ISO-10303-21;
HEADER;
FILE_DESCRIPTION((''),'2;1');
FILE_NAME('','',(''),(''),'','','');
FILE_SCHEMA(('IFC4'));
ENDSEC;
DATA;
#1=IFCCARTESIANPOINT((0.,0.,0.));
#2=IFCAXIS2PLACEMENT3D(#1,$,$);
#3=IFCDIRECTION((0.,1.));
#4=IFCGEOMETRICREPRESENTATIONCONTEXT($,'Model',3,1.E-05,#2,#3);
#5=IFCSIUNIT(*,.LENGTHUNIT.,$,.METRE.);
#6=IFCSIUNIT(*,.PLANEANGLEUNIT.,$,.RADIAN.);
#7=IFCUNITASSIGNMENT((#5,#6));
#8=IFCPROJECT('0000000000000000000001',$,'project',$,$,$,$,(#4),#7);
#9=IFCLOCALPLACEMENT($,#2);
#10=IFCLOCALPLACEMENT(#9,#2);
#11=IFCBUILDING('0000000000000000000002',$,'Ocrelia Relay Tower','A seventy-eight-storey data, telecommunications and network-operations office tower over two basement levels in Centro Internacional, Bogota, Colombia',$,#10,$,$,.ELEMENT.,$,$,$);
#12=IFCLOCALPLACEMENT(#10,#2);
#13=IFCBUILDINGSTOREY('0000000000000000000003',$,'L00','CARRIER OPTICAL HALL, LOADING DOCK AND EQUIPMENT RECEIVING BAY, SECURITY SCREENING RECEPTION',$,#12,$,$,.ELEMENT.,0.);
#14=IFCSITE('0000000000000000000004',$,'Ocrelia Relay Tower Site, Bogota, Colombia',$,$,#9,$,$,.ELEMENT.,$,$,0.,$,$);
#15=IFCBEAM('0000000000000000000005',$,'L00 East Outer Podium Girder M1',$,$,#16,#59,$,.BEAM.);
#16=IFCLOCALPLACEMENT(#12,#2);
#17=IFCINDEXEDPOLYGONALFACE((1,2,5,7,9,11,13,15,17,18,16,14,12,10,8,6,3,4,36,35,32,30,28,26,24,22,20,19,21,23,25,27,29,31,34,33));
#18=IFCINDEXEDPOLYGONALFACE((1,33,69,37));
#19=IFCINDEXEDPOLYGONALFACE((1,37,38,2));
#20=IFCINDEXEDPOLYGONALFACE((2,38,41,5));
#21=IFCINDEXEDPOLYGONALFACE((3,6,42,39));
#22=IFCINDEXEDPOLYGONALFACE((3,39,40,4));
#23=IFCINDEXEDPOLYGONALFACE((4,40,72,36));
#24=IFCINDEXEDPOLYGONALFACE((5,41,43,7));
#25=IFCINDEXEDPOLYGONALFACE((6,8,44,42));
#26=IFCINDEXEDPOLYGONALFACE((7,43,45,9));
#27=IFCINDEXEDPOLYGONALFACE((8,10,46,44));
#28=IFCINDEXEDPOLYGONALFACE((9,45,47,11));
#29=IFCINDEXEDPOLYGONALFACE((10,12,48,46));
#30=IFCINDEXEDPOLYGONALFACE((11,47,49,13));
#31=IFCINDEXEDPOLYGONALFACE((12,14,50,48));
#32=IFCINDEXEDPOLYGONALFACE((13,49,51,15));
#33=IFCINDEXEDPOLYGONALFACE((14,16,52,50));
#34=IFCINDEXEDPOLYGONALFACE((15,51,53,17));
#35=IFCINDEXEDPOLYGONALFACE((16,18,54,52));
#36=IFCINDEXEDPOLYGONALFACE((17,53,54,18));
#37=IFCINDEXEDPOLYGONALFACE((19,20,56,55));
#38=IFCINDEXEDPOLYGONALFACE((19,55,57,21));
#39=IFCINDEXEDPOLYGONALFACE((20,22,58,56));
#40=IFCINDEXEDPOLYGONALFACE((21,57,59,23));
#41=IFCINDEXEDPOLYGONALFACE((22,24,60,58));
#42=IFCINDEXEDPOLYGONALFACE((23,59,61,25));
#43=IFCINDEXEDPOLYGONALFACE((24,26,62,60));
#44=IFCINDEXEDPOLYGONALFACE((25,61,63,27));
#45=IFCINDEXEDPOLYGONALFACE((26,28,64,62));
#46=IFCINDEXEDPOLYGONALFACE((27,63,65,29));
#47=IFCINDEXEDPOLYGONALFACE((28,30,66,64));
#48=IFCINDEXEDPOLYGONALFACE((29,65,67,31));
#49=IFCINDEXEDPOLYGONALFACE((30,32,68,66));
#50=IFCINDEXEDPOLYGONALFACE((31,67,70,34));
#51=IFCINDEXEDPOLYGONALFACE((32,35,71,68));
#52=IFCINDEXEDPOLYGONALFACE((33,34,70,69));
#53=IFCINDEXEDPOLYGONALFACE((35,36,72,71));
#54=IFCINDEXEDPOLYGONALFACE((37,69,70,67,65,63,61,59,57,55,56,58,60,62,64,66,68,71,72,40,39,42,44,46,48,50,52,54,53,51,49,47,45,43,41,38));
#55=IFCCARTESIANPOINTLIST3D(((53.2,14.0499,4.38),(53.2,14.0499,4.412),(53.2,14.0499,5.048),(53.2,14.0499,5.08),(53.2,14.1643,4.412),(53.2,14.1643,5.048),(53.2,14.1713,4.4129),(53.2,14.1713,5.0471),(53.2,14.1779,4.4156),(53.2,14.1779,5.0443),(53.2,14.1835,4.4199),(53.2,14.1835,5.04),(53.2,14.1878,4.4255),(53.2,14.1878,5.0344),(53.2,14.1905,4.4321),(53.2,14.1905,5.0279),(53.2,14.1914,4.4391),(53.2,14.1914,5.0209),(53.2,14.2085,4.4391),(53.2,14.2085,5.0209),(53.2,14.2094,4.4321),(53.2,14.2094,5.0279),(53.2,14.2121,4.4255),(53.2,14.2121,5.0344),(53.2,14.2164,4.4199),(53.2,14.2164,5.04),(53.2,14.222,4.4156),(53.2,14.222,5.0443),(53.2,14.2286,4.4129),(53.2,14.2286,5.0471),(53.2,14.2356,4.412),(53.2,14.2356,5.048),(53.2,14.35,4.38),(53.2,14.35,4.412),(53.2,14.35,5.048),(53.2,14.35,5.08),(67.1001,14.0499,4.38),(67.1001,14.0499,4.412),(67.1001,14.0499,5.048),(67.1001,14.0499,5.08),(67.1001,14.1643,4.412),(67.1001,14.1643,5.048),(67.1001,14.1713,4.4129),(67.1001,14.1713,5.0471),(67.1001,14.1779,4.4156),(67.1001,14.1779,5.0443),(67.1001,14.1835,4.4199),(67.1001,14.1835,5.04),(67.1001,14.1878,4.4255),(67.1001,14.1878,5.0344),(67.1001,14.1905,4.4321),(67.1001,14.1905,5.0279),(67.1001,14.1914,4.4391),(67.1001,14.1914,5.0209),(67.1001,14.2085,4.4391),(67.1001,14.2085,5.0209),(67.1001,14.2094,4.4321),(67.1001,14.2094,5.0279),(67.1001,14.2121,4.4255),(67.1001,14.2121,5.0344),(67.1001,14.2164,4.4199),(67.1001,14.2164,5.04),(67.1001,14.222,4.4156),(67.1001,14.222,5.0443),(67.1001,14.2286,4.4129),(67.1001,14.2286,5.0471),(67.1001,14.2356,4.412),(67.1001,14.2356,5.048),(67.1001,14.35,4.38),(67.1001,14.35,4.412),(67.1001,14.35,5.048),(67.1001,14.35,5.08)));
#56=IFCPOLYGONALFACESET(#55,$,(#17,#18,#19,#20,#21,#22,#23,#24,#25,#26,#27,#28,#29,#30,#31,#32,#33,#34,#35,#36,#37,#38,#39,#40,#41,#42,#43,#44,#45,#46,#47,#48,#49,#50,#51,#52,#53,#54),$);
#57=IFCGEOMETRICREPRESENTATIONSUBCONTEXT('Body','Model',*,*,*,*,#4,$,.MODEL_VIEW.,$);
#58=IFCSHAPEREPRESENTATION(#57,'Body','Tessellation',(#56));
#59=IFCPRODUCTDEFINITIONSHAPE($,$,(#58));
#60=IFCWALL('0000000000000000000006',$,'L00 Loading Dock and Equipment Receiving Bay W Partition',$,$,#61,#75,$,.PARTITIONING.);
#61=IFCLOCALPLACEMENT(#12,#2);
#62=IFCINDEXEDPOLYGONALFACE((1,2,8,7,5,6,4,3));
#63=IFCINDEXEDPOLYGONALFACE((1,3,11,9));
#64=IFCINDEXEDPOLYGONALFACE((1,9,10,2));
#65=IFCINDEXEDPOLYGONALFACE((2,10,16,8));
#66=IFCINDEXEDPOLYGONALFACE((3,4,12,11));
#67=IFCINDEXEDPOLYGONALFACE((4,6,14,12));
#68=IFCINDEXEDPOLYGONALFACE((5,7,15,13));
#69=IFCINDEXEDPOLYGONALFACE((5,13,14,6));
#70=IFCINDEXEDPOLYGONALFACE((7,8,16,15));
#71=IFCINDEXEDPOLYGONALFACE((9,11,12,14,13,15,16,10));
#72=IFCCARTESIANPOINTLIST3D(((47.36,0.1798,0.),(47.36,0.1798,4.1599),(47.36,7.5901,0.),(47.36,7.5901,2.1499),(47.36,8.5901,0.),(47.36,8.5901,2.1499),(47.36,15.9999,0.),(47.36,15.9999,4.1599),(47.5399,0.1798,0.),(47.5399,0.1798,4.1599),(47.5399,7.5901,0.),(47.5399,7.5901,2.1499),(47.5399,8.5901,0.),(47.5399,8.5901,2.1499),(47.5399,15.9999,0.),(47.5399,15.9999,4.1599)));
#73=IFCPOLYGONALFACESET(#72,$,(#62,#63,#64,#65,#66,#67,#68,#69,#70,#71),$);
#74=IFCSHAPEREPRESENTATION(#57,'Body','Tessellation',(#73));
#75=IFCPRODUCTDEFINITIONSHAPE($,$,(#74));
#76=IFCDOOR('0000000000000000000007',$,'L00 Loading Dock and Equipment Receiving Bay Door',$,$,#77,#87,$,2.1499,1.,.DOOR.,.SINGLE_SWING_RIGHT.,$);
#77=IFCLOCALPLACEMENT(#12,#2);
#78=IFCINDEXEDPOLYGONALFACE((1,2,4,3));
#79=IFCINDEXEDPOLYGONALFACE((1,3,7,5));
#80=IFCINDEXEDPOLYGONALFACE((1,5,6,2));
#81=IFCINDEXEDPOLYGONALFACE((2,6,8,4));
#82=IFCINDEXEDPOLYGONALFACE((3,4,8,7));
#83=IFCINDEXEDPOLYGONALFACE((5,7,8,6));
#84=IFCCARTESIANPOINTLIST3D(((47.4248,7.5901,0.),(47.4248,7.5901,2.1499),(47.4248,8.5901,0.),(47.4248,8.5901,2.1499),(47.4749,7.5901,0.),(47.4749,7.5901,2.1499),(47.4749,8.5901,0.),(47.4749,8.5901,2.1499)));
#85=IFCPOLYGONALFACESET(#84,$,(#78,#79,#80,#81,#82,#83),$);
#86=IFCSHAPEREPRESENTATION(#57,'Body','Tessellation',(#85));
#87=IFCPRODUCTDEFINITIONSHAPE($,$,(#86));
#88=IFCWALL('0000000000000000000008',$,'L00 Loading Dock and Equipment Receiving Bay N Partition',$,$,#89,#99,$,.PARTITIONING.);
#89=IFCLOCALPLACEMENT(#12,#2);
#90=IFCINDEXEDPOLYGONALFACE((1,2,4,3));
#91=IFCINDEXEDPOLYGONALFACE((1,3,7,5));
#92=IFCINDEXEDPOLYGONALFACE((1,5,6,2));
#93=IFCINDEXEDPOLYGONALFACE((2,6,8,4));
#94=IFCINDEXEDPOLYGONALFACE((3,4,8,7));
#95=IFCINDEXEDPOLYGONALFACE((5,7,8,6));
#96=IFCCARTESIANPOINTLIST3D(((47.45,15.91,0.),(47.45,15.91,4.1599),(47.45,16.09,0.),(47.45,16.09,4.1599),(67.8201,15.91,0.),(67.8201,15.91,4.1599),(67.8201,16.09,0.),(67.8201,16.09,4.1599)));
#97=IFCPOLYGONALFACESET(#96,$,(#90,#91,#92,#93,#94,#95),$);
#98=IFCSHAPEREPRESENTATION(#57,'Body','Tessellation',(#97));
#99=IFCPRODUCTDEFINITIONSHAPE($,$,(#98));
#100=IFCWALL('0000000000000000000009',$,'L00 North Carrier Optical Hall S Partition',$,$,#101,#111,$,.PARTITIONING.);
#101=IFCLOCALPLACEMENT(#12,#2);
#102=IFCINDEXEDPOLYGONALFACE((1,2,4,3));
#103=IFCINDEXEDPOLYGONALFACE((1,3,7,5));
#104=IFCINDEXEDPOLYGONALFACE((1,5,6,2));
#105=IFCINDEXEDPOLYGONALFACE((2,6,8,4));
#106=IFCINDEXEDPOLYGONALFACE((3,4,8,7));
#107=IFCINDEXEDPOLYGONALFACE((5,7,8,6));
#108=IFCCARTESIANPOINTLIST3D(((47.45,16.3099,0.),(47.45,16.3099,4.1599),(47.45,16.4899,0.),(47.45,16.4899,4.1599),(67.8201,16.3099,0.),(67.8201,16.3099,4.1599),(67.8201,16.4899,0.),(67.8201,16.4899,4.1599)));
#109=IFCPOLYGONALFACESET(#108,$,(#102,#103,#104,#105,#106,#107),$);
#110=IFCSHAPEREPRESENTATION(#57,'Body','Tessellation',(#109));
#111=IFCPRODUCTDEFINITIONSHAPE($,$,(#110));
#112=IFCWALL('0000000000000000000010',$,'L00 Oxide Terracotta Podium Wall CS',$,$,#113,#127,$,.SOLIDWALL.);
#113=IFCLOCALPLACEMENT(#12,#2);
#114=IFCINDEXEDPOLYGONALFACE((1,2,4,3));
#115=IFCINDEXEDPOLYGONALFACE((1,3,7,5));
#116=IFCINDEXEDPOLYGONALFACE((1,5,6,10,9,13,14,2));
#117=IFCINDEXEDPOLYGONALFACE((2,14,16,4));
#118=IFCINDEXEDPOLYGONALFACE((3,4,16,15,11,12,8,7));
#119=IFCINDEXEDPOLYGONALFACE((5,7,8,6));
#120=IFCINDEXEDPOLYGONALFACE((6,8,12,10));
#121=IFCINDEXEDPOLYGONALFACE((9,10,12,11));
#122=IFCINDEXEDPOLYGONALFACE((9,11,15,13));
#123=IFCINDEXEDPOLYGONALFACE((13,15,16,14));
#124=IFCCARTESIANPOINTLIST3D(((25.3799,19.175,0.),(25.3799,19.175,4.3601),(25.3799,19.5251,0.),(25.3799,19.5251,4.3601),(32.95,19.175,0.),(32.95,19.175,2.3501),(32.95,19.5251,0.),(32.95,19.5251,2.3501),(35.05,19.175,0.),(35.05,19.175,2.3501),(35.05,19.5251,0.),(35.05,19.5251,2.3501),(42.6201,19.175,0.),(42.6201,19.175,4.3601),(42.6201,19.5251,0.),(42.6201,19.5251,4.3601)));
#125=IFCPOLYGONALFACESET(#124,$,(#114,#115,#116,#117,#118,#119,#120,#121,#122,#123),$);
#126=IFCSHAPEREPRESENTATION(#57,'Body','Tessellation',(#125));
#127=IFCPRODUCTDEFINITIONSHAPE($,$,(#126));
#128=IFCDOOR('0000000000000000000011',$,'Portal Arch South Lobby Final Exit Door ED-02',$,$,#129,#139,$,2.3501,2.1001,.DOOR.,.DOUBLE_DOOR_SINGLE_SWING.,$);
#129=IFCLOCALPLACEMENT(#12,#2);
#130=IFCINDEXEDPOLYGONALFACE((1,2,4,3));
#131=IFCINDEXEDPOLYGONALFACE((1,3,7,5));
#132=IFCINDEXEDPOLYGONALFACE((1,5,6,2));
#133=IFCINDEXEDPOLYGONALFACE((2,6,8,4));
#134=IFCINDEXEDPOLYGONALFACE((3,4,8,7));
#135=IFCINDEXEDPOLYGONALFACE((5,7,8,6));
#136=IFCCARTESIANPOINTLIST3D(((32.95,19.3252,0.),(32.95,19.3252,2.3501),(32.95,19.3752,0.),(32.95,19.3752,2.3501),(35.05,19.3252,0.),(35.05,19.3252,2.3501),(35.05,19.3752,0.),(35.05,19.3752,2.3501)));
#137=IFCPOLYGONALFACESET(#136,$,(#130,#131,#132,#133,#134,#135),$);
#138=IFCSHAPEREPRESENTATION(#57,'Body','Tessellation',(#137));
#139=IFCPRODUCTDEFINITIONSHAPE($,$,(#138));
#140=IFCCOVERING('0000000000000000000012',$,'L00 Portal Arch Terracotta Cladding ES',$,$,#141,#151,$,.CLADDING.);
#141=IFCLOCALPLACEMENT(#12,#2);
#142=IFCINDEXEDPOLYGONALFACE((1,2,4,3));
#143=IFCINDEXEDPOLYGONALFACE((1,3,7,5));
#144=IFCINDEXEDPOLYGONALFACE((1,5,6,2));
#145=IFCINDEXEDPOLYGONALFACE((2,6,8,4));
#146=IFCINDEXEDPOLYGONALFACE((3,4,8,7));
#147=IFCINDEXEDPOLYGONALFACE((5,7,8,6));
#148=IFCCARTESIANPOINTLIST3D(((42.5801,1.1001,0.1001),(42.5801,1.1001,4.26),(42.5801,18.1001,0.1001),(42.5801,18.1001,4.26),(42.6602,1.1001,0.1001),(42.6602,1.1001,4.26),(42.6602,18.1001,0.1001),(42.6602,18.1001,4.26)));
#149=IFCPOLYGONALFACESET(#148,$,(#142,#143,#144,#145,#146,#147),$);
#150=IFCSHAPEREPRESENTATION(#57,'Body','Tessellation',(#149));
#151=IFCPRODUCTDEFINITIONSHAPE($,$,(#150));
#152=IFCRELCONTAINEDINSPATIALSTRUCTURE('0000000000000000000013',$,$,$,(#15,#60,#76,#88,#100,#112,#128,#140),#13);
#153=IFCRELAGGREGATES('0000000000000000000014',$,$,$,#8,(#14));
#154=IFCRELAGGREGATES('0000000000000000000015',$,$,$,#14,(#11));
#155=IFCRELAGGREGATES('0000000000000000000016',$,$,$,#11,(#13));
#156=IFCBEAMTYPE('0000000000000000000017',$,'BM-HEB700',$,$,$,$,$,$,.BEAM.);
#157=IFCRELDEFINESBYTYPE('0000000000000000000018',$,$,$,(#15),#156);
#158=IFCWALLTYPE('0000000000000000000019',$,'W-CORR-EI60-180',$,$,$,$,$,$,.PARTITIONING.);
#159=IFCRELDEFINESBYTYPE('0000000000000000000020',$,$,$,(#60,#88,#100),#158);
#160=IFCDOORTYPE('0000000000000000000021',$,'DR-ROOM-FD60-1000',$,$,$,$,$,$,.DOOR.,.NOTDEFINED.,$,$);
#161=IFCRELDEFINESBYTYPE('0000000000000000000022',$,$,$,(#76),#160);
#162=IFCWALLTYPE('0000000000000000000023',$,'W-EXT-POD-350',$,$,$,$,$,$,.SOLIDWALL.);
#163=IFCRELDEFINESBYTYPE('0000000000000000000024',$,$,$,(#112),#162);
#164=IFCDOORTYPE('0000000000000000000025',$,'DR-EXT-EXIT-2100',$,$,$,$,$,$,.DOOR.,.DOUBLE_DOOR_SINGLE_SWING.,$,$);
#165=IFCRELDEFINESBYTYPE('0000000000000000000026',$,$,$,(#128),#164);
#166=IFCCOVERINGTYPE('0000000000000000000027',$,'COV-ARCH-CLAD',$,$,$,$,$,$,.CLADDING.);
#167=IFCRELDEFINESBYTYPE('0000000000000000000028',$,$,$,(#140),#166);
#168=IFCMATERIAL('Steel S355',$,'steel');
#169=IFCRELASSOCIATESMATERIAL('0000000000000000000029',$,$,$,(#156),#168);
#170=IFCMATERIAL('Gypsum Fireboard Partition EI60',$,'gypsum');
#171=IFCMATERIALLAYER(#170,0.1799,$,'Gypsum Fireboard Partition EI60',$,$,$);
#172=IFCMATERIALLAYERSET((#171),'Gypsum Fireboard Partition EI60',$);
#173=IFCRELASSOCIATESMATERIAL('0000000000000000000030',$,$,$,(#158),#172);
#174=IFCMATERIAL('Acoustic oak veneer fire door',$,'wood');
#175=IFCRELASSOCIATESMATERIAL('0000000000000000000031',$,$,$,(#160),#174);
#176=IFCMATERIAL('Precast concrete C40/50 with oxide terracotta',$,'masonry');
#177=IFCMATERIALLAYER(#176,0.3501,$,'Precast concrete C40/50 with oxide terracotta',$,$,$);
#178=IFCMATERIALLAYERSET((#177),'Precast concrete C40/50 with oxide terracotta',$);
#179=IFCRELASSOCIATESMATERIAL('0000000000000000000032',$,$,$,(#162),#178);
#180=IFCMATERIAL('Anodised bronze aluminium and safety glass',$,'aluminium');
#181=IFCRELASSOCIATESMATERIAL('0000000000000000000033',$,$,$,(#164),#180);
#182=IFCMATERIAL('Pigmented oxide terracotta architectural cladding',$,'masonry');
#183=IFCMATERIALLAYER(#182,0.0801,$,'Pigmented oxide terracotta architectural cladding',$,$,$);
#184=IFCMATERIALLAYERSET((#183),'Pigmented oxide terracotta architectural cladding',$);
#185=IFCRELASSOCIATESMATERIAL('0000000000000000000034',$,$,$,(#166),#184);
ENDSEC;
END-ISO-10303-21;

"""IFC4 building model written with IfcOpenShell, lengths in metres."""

from ifc_helpers import new_model, si_unit, direction, frame, frame_2d, origin, origin_2d, place, context, subcontext, project, spatial, rectangle, i_section, extrude, material, layer, layer_set, material_profile, profile_set, type_object, element, fill, save


model = new_model("IFC4")

# Units and contexts
model_context = context("Model", 3, precision=1e-05, world=origin(), true_north=direction((0.0, 1.0)))
body_context = subcontext(model_context, "Body", "Model", "MODEL_VIEW")
ifc_project = project(units=[si_unit("LENGTHUNIT", "METRE"), si_unit("PLANEANGLEUNIT", "RADIAN")], contexts=[model_context])

# Site, building, storey
site_placement = place(None, origin())
site = spatial("IfcSite", under=ifc_project, at=site_placement, Name="Ocrelia Relay Tower Site, Bogota, Colombia", CompositionType="ELEMENT", RefElevation=0.0)
building_placement = place(site_placement, origin())
building = spatial("IfcBuilding", under=site, at=building_placement, Name="Ocrelia Relay Tower", Description="A seventy-eight-storey data, telecommunications and network-operations office tower over two basement levels in Centro Internacional, Bogota, Colombia", CompositionType="ELEMENT")
storey_placement = place(building_placement, origin())
storey = spatial("IfcBuildingStorey", under=building, at=storey_placement, Name="L00", Description="CARRIER OPTICAL HALL, LOADING DOCK AND EQUIPMENT RECEIVING BAY, SECURITY SCREENING RECEPTION", CompositionType="ELEMENT", Elevation=0.0)

# Beam
ifc_material_1 = material(Name="Steel S355", Category="steel")
ifc_material_profile_1 = material_profile(ifc_material_1, i_section(OverallWidth=0.3, OverallDepth=0.7, WebThickness=0.0171, FlangeThickness=0.032, FilletRadius=0.0271, at=origin_2d()), Name="HEB 700")
ifc_profile_set_1 = profile_set([ifc_material_profile_1], Name="Steel S355")
beam_type_1 = type_object("IfcBeamType", Name="BM-HEB700", PredefinedType="BEAM", material=ifc_profile_set_1)
beam_1_placement = place(storey_placement, frame((53.2, 14.2, 4.73), z_axis=(1.0, 0.0, 0.0), x_axis=(0.0, 1.0, 0.0)))
element("IfcBeam", 1, at=beam_1_placement, inside=storey, type_object=beam_type_1, Name="L00 East Outer Podium Girder M1", PredefinedType="BEAM", context=body_context, shape_type="SweptSolid", body=[
    extrude(i_section(OverallWidth=0.3, OverallDepth=0.7, WebThickness=0.0171, FlangeThickness=0.032, FilletRadius=0.0271, at=origin_2d()), origin(), (0.0, 0.0, 1.0), 13.9001),
])

# Wall, opening, door
ifc_material_2 = material(Name="Gypsum Fireboard Partition EI60", Category="gypsum")
ifc_layer_1 = layer(ifc_material_2, 0.1799, Name="Gypsum Fireboard Partition EI60")
ifc_layer_set_1 = layer_set([ifc_layer_1], Name="Gypsum Fireboard Partition EI60")
wall_type_1 = type_object("IfcWallType", Name="W-CORR-EI60-180", PredefinedType="PARTITIONING", material=ifc_layer_set_1)
wall_1_placement = place(storey_placement, frame((47.45, 16.0, 0.0), z_axis=(0.0, 0.0, 1.0), x_axis=(0.0, -1.0, 0.0)))
wall_1 = element("IfcWall", 2, at=wall_1_placement, inside=storey, type_object=wall_type_1, Name="L00 Loading Dock and Equipment Receiving Bay W Partition", PredefinedType="PARTITIONING", context=body_context, shape_type="SweptSolid", body=[
    extrude(rectangle(XDim=15.8201, YDim=0.1799, at=frame_2d((7.9102, 0.0))), origin(), (0.0, 0.0, 1.0), 4.1599),
])
opening_1_placement = place(wall_1_placement, frame((7.4099, 0.0, 0.0)))
opening_1 = element("IfcOpeningElement", 3, at=opening_1_placement, cuts=wall_1, PredefinedType="OPENING", context=body_context, shape_type="SweptSolid", body=[
    extrude(rectangle(XDim=1.0, YDim=2.1499, at=frame_2d((0.5, 1.075))), frame((0.0, 0.1001, 0.0), z_axis=(0.0, -1.0, 0.0), x_axis=(1.0, 0.0, 0.0)), (0.0, 0.0, 1.0), 0.2),
])
ifc_material_3 = material(Name="Acoustic oak veneer fire door", Category="wood")
door_type_1 = type_object("IfcDoorType", Name="DR-ROOM-FD60-1000", OperationType="NOTDEFINED", PredefinedType="DOOR", material=ifc_material_3)
door_1_placement = place(opening_1_placement, origin())
door_1 = element("IfcDoor", 4, at=door_1_placement, inside=storey, type_object=door_type_1, Name="L00 Loading Dock and Equipment Receiving Bay Door", OperationType="SINGLE_SWING_RIGHT", OverallHeight=2.1499, OverallWidth=1.0, PredefinedType="DOOR", context=body_context, shape_type="SweptSolid", body=[
    extrude(rectangle(XDim=1.0, YDim=2.1499, at=frame_2d((0.5, 1.075))), frame((0.0, 0.0249, 0.0), z_axis=(0.0, -1.0, 0.0), x_axis=(1.0, 0.0, 0.0)), (0.0, 0.0, 1.0), 0.05),
])
fill(opening_1, door_1)

# Walls
for number, where, z_axis, x_axis, name in (
    (5, (67.8201, 16.0, 0.0), (0.0, 0.0, 1.0), (-1.0, 0.0, 0.0), "L00 Loading Dock and Equipment Receiving Bay N Partition"),
    (6, (47.45, 16.3999, 0.0), (0.0, 0.0, 1.0), (1.0, 0.0, 0.0), "L00 North Carrier Optical Hall S Partition"),
):
    element("IfcWall", number, at=place(storey_placement, frame(where, z_axis=z_axis, x_axis=x_axis)), inside=storey, type_object=wall_type_1, Name=name, PredefinedType="PARTITIONING", context=body_context, shape_type="SweptSolid", body=[
        extrude(rectangle(XDim=20.3701, YDim=0.1799, at=frame_2d((10.1851, 0.0))), origin(), (0.0, 0.0, 1.0), 4.1599),
    ])

# Wall, opening, door
ifc_material_4 = material(Name="Precast concrete C40/50 with oxide terracotta", Category="masonry")
ifc_layer_2 = layer(ifc_material_4, 0.3501, Name="Precast concrete C40/50 with oxide terracotta")
ifc_layer_set_2 = layer_set([ifc_layer_2], Name="Precast concrete C40/50 with oxide terracotta")
wall_type_2 = type_object("IfcWallType", Name="W-EXT-POD-350", PredefinedType="SOLIDWALL", material=ifc_layer_set_2)
wall_2_placement = place(storey_placement, frame((42.6201, 19.3501, 0.0), z_axis=(0.0, 0.0, 1.0), x_axis=(-1.0, 0.0, 0.0)))
wall_2 = element("IfcWall", 7, at=wall_2_placement, inside=storey, type_object=wall_type_2, Name="L00 Oxide Terracotta Podium Wall CS", PredefinedType="SOLIDWALL", context=body_context, shape_type="SweptSolid", body=[
    extrude(rectangle(XDim=17.2402, YDim=0.3501, at=frame_2d((8.6201, 0.0))), origin(), (0.0, 0.0, 1.0), 4.3601),
])
opening_2_placement = place(wall_2_placement, frame((7.5701, 0.0, 0.0)))
opening_2 = element("IfcOpeningElement", 8, at=opening_2_placement, cuts=wall_2, PredefinedType="OPENING", context=body_context, shape_type="SweptSolid", body=[
    extrude(rectangle(XDim=2.1001, YDim=2.3501, at=frame_2d((1.05, 1.175))), frame((0.0, 0.1851, 0.0), z_axis=(0.0, -1.0, 0.0), x_axis=(1.0, 0.0, 0.0)), (0.0, 0.0, 1.0), 0.3701),
])
ifc_material_5 = material(Name="Anodised bronze aluminium and safety glass", Category="aluminium")
door_type_2 = type_object("IfcDoorType", Name="DR-EXT-EXIT-2100", OperationType="DOUBLE_DOOR_SINGLE_SWING", PredefinedType="DOOR", material=ifc_material_5)
door_2_placement = place(opening_2_placement, origin())
door_2 = element("IfcDoor", 9, at=door_2_placement, inside=storey, type_object=door_type_2, Name="Portal Arch South Lobby Final Exit Door ED-02", OperationType="DOUBLE_DOOR_SINGLE_SWING", OverallHeight=2.3501, OverallWidth=2.1001, PredefinedType="DOOR", context=body_context, shape_type="SweptSolid", body=[
    extrude(rectangle(XDim=2.1001, YDim=2.3501, at=frame_2d((1.05, 1.175))), frame((0.0, 0.0249, 0.0), z_axis=(0.0, -1.0, 0.0), x_axis=(1.0, 0.0, 0.0)), (0.0, 0.0, 1.0), 0.05),
])
fill(opening_2, door_2)

# Covering
ifc_material_6 = material(Name="Pigmented oxide terracotta architectural cladding", Category="masonry")
ifc_layer_3 = layer(ifc_material_6, 0.0801, Name="Pigmented oxide terracotta architectural cladding")
ifc_layer_set_3 = layer_set([ifc_layer_3], Name="Pigmented oxide terracotta architectural cladding")
covering_type = type_object("IfcCoveringType", Name="COV-ARCH-CLAD", PredefinedType="CLADDING", material=ifc_layer_set_3)
covering_placement = place(storey_placement, frame((42.6201, 9.6001, 0.1001), z_axis=(0.0, 0.0, 1.0), x_axis=(1.0, 0.0, 0.0)))
element("IfcCovering", 10, at=covering_placement, inside=storey, type_object=covering_type, Name="L00 Portal Arch Terracotta Cladding ES", PredefinedType="CLADDING", context=body_context, shape_type="SweptSolid", body=[
    extrude(rectangle(XDim=0.0801, YDim=17.0, at=origin_2d()), origin(), (0.0, 0.0, 1.0), 4.1599),
])

save(model, "model.ifc")
